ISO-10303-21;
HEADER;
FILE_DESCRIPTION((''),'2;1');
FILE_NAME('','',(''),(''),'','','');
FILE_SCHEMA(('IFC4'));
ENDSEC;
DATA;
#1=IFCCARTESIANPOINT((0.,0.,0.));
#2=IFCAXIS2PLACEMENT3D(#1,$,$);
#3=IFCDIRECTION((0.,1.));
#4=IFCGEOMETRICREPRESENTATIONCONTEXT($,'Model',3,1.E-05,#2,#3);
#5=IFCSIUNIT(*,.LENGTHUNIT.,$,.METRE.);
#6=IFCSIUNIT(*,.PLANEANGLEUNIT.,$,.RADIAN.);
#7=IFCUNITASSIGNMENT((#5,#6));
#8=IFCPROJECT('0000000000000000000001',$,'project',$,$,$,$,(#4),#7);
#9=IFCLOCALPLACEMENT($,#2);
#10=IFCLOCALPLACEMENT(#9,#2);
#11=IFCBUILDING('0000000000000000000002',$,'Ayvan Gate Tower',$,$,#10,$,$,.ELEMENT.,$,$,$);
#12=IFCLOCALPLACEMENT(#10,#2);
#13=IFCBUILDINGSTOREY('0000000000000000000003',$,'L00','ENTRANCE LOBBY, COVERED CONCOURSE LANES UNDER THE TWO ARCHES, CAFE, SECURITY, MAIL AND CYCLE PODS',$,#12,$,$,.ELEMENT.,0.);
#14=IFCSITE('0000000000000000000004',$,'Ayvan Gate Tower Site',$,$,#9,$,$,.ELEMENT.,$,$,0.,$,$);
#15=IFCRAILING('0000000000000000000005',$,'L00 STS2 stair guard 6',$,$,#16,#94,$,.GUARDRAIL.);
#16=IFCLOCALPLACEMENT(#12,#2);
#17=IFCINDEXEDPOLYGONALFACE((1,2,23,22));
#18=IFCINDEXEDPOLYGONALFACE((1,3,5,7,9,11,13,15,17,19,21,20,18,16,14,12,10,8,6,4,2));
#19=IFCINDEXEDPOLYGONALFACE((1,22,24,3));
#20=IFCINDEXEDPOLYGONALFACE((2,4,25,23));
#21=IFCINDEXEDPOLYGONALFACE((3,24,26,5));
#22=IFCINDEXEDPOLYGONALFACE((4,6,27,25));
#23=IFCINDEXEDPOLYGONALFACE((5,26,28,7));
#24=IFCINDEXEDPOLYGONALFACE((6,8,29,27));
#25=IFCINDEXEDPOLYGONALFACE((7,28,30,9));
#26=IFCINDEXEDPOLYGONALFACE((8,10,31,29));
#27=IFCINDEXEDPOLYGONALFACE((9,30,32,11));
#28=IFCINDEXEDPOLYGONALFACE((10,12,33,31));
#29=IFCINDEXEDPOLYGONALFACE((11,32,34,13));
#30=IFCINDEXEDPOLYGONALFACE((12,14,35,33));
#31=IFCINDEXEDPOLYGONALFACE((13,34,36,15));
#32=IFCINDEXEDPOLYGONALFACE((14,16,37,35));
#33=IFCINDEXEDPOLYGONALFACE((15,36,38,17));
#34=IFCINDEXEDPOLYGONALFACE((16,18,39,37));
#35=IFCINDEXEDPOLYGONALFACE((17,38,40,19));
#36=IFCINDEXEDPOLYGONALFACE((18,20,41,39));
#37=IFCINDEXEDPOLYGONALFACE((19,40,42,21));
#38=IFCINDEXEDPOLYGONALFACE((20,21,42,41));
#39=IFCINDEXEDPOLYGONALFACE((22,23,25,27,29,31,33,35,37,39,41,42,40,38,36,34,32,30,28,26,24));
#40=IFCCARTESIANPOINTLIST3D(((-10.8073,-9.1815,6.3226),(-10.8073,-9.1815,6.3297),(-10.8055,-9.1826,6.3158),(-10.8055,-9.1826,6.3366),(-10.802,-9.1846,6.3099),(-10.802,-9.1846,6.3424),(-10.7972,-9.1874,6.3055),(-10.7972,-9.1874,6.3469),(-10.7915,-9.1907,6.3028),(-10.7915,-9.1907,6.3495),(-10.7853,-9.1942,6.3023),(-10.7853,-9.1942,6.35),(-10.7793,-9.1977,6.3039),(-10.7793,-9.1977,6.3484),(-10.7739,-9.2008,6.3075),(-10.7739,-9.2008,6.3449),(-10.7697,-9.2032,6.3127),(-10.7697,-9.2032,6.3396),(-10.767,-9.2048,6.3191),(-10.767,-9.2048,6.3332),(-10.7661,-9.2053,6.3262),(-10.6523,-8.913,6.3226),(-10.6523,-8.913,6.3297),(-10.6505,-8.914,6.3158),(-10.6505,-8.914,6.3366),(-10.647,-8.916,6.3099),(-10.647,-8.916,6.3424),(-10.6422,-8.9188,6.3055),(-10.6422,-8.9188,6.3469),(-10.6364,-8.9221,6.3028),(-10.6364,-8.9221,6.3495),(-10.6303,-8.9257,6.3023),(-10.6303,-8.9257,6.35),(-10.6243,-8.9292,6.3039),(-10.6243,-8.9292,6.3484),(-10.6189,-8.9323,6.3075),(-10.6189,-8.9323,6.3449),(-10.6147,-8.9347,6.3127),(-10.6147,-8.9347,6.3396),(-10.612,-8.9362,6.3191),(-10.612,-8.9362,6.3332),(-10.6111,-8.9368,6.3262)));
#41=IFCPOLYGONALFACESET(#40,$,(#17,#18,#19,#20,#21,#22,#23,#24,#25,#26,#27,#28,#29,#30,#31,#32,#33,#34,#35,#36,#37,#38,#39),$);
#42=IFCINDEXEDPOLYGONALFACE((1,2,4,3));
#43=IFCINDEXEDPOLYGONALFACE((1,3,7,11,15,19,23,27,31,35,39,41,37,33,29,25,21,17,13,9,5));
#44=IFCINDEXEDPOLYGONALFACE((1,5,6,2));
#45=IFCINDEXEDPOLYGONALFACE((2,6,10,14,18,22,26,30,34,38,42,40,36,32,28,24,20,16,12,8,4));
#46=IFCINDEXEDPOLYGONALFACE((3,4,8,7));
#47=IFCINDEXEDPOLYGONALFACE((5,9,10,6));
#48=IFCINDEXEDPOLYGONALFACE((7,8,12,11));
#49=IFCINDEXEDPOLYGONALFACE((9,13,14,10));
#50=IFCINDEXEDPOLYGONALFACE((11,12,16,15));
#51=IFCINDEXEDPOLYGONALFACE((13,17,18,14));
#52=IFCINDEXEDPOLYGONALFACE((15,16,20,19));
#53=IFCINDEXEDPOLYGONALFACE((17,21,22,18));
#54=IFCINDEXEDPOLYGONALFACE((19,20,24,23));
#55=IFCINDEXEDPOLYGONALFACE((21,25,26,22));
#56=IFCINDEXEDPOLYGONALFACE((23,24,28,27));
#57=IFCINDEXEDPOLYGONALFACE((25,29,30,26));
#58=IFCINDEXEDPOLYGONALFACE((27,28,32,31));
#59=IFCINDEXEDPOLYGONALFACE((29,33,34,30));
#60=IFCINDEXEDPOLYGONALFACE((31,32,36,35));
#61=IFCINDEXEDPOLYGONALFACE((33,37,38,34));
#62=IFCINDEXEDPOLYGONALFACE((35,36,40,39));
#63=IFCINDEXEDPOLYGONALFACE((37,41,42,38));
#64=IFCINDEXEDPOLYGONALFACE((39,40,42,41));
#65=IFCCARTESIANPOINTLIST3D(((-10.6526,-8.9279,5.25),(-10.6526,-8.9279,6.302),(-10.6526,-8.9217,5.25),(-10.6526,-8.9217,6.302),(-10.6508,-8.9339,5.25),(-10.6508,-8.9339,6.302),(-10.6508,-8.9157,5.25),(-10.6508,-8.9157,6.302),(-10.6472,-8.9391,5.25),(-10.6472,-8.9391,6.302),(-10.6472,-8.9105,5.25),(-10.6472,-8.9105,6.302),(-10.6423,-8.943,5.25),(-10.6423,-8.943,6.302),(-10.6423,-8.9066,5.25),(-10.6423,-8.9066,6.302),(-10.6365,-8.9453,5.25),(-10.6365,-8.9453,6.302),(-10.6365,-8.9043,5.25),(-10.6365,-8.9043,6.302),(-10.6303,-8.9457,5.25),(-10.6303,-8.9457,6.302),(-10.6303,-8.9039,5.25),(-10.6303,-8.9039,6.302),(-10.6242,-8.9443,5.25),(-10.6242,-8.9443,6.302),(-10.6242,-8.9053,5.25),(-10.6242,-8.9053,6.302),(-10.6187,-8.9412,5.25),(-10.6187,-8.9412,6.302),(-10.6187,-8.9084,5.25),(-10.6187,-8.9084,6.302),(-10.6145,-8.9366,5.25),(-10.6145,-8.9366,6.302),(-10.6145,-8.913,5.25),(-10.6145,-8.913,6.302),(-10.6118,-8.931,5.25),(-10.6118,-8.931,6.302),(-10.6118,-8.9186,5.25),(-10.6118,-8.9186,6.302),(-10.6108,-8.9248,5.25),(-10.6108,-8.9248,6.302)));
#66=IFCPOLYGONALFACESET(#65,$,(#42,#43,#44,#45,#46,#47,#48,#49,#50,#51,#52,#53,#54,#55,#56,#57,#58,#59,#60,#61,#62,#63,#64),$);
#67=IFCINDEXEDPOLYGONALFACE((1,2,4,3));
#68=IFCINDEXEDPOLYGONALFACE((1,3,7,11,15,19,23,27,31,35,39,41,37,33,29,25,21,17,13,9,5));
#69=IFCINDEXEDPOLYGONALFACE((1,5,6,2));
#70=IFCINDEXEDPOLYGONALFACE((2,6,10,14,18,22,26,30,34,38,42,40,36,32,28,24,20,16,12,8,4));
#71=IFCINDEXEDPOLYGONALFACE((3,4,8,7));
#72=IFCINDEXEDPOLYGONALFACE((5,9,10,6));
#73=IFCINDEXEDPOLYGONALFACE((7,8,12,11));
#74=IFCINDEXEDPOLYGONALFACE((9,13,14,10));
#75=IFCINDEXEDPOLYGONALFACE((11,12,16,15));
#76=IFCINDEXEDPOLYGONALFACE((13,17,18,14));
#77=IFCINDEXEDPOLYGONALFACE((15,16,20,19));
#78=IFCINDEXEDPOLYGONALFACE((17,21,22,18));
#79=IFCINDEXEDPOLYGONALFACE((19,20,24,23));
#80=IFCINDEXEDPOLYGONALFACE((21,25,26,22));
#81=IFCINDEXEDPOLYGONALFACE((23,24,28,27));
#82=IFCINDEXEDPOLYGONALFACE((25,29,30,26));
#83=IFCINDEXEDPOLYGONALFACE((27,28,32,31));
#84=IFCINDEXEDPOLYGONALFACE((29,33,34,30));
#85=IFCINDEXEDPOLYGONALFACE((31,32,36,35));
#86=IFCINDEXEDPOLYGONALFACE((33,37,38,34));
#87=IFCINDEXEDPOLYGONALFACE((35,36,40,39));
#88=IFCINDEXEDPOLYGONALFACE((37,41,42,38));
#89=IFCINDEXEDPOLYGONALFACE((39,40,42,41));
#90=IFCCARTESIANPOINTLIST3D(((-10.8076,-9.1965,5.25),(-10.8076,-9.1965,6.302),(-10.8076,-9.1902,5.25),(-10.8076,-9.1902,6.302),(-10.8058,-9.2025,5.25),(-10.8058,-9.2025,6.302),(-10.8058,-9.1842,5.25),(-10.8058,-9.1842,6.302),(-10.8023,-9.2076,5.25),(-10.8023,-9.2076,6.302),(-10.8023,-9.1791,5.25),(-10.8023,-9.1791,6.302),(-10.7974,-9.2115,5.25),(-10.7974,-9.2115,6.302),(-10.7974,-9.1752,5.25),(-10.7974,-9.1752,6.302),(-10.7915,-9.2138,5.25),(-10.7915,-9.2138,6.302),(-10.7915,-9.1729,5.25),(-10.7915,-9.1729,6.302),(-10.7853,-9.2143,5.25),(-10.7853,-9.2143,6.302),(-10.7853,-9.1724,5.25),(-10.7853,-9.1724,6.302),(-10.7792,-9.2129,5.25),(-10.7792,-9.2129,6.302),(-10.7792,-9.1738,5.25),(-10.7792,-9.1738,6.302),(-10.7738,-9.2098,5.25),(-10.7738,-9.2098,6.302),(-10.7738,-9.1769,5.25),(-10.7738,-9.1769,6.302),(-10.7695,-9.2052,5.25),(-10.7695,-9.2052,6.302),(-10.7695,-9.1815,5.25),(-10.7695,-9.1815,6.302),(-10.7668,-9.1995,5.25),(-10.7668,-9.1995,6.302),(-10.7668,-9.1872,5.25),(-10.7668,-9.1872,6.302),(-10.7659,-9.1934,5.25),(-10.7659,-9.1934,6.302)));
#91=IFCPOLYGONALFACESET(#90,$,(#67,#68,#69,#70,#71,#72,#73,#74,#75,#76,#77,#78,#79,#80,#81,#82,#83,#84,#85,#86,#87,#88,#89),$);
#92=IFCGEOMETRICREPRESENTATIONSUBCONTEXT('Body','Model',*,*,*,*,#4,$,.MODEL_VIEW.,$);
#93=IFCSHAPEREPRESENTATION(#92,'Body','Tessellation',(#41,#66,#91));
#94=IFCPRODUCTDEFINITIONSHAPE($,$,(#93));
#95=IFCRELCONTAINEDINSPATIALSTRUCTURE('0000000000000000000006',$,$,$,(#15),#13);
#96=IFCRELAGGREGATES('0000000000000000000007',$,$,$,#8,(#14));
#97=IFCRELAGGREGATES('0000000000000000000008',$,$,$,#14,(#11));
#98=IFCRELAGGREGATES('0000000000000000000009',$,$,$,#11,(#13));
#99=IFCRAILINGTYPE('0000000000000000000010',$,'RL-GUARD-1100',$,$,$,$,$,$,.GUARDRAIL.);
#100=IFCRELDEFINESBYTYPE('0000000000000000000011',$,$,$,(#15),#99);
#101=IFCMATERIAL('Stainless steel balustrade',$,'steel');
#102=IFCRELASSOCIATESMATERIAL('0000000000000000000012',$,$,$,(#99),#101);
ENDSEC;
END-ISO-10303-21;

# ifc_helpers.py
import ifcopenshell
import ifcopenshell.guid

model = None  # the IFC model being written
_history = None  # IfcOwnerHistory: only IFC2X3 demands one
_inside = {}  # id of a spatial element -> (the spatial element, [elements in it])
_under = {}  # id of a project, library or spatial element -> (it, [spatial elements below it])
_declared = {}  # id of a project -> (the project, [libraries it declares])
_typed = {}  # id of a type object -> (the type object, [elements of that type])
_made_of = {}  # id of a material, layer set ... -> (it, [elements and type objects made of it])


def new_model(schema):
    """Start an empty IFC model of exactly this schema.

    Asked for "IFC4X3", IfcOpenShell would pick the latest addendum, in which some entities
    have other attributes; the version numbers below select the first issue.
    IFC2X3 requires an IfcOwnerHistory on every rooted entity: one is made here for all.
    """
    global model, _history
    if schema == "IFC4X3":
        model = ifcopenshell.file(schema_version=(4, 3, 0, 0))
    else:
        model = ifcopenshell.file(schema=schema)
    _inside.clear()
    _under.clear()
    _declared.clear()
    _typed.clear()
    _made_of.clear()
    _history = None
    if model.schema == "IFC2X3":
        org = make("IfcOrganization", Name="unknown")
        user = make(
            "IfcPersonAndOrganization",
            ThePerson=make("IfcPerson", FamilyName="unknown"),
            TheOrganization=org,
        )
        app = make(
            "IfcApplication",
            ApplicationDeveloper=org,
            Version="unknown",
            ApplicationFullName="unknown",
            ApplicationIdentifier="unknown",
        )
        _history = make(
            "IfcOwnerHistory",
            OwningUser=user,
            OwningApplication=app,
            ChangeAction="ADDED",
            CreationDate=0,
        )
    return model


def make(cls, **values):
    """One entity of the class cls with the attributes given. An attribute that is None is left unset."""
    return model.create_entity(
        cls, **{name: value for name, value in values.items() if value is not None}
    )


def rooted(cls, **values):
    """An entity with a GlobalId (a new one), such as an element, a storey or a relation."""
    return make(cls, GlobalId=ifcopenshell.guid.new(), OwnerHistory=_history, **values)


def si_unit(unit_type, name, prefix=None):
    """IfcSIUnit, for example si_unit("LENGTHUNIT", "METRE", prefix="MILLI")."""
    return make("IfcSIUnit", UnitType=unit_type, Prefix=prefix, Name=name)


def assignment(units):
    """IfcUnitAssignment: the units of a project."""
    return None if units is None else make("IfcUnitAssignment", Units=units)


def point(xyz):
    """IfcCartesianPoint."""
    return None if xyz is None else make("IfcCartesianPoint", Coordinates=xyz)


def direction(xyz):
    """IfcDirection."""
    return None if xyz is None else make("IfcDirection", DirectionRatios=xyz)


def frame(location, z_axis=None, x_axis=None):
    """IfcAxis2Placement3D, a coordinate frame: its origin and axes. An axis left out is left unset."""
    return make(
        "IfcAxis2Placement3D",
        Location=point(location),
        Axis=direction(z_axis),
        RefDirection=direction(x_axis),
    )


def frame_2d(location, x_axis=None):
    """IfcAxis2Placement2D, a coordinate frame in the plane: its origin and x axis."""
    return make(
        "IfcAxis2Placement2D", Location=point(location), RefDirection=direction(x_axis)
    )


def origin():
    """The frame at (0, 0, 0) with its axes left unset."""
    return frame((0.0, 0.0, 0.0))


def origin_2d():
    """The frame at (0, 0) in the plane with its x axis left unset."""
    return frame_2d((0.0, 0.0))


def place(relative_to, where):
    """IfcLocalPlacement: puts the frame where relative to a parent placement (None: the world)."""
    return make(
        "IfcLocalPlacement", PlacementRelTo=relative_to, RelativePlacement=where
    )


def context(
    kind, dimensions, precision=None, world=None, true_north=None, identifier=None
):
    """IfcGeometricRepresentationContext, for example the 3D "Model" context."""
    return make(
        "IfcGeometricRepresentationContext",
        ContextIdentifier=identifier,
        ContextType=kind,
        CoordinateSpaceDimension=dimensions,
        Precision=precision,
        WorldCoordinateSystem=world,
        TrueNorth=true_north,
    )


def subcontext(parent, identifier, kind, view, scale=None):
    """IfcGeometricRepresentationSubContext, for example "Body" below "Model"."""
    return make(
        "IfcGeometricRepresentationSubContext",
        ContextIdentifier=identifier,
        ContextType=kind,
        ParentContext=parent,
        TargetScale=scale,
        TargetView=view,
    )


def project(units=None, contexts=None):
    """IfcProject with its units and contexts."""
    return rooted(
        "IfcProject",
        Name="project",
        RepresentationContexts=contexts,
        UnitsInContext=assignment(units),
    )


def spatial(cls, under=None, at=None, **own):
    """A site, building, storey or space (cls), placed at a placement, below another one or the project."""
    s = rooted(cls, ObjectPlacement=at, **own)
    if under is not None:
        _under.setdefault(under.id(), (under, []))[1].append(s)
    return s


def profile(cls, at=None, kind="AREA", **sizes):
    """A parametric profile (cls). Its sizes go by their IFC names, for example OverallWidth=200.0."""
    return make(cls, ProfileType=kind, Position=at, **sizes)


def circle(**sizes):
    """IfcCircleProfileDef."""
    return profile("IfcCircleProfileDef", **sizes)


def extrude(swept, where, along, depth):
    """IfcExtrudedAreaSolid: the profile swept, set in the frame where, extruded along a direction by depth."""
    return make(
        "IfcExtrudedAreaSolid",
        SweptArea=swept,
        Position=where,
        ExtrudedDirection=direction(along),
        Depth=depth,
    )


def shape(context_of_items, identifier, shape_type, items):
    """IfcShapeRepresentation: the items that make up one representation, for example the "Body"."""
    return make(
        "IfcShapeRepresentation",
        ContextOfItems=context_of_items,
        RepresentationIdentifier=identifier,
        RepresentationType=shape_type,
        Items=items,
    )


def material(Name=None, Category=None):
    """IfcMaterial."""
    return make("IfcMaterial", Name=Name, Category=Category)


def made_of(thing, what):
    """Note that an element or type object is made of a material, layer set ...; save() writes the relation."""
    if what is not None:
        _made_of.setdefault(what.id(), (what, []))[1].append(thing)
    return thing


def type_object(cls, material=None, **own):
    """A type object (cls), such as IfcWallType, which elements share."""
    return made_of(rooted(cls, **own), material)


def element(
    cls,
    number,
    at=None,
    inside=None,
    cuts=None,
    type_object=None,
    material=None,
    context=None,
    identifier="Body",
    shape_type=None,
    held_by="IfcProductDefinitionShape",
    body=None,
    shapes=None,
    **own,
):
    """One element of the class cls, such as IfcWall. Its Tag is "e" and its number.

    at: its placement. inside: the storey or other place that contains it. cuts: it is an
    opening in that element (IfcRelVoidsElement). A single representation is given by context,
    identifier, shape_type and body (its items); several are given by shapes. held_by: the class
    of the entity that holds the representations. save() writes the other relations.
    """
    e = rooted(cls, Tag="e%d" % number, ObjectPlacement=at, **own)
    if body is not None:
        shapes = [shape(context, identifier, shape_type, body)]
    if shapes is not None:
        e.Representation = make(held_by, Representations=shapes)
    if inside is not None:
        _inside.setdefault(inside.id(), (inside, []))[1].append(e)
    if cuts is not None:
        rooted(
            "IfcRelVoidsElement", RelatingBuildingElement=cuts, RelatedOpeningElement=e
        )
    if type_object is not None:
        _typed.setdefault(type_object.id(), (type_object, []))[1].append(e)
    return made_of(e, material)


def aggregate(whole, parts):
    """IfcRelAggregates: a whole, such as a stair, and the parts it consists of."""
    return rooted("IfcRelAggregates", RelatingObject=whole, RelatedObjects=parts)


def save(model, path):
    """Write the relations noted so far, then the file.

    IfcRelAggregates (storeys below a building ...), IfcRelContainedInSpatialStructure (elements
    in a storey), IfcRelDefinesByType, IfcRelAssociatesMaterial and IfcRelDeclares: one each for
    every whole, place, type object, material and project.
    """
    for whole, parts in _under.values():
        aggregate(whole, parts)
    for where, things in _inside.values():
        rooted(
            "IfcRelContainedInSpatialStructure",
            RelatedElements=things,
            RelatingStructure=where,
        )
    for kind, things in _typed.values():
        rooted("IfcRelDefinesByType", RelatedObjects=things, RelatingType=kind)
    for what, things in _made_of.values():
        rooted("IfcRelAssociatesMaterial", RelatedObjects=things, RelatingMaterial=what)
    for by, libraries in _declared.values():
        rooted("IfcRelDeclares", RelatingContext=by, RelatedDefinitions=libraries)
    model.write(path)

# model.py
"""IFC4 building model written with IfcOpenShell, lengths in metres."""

from ifc_helpers import new_model, si_unit, direction, frame, origin, origin_2d, place, context, subcontext, project, spatial, circle, extrude, material, type_object, element, save


model = new_model("IFC4")

# Units and contexts
model_context = context("Model", 3, precision=1e-05, world=origin(), true_north=direction((0.0, 1.0)))
body_context = subcontext(model_context, "Body", "Model", "MODEL_VIEW")
ifc_project = project(units=[si_unit("LENGTHUNIT", "METRE"), si_unit("PLANEANGLEUNIT", "RADIAN")], contexts=[model_context])

# Site, building, storey
site_placement = place(None, origin())
site = spatial("IfcSite", under=ifc_project, at=site_placement, Name="Ayvan Gate Tower Site", CompositionType="ELEMENT", RefElevation=0.0)
building_placement = place(site_placement, origin())
building = spatial("IfcBuilding", under=site, at=building_placement, Name="Ayvan Gate Tower", CompositionType="ELEMENT")
storey_placement = place(building_placement, origin())
storey = spatial("IfcBuildingStorey", under=building, at=storey_placement, Name="L00", Description="ENTRANCE LOBBY, COVERED CONCOURSE LANES UNDER THE TWO ARCHES, CAFE, SECURITY, MAIL AND CYCLE PODS", CompositionType="ELEMENT", Elevation=0.0)

# Railing
ifc_material_1 = material(Name="Stainless steel balustrade", Category="steel")
railing_type_1 = type_object("IfcRailingType", Name="RL-GUARD-1100", PredefinedType="GUARDRAIL", material=ifc_material_1)
railing_1_placement = place(storey_placement, frame((-10.6318, -8.9248, 5.25)))
element("IfcRailing", 1, at=railing_1_placement, inside=storey, type_object=railing_type_1, Name="L00 STS2 stair guard 6", PredefinedType="GUARDRAIL", context=body_context, shape_type="SweptSolid", body=[
    extrude(circle(Radius=0.0239, at=origin_2d()), frame((0.0, 0.0, 1.0762), z_axis=(-0.49995, -0.866054, 0.0), x_axis=(0.866054, -0.49995, 0.0)), (0.0, 0.0, 1.0), 0.3101),
    extrude(circle(Radius=0.021, at=origin_2d()), origin(), (0.0, 0.0, 1.0), 1.052),
    extrude(circle(Radius=0.021, at=origin_2d()), frame((-0.155, -0.2686, 0.0)), (0.0, 0.0, 1.0), 1.052),
])

save(model, "model.ifc")
